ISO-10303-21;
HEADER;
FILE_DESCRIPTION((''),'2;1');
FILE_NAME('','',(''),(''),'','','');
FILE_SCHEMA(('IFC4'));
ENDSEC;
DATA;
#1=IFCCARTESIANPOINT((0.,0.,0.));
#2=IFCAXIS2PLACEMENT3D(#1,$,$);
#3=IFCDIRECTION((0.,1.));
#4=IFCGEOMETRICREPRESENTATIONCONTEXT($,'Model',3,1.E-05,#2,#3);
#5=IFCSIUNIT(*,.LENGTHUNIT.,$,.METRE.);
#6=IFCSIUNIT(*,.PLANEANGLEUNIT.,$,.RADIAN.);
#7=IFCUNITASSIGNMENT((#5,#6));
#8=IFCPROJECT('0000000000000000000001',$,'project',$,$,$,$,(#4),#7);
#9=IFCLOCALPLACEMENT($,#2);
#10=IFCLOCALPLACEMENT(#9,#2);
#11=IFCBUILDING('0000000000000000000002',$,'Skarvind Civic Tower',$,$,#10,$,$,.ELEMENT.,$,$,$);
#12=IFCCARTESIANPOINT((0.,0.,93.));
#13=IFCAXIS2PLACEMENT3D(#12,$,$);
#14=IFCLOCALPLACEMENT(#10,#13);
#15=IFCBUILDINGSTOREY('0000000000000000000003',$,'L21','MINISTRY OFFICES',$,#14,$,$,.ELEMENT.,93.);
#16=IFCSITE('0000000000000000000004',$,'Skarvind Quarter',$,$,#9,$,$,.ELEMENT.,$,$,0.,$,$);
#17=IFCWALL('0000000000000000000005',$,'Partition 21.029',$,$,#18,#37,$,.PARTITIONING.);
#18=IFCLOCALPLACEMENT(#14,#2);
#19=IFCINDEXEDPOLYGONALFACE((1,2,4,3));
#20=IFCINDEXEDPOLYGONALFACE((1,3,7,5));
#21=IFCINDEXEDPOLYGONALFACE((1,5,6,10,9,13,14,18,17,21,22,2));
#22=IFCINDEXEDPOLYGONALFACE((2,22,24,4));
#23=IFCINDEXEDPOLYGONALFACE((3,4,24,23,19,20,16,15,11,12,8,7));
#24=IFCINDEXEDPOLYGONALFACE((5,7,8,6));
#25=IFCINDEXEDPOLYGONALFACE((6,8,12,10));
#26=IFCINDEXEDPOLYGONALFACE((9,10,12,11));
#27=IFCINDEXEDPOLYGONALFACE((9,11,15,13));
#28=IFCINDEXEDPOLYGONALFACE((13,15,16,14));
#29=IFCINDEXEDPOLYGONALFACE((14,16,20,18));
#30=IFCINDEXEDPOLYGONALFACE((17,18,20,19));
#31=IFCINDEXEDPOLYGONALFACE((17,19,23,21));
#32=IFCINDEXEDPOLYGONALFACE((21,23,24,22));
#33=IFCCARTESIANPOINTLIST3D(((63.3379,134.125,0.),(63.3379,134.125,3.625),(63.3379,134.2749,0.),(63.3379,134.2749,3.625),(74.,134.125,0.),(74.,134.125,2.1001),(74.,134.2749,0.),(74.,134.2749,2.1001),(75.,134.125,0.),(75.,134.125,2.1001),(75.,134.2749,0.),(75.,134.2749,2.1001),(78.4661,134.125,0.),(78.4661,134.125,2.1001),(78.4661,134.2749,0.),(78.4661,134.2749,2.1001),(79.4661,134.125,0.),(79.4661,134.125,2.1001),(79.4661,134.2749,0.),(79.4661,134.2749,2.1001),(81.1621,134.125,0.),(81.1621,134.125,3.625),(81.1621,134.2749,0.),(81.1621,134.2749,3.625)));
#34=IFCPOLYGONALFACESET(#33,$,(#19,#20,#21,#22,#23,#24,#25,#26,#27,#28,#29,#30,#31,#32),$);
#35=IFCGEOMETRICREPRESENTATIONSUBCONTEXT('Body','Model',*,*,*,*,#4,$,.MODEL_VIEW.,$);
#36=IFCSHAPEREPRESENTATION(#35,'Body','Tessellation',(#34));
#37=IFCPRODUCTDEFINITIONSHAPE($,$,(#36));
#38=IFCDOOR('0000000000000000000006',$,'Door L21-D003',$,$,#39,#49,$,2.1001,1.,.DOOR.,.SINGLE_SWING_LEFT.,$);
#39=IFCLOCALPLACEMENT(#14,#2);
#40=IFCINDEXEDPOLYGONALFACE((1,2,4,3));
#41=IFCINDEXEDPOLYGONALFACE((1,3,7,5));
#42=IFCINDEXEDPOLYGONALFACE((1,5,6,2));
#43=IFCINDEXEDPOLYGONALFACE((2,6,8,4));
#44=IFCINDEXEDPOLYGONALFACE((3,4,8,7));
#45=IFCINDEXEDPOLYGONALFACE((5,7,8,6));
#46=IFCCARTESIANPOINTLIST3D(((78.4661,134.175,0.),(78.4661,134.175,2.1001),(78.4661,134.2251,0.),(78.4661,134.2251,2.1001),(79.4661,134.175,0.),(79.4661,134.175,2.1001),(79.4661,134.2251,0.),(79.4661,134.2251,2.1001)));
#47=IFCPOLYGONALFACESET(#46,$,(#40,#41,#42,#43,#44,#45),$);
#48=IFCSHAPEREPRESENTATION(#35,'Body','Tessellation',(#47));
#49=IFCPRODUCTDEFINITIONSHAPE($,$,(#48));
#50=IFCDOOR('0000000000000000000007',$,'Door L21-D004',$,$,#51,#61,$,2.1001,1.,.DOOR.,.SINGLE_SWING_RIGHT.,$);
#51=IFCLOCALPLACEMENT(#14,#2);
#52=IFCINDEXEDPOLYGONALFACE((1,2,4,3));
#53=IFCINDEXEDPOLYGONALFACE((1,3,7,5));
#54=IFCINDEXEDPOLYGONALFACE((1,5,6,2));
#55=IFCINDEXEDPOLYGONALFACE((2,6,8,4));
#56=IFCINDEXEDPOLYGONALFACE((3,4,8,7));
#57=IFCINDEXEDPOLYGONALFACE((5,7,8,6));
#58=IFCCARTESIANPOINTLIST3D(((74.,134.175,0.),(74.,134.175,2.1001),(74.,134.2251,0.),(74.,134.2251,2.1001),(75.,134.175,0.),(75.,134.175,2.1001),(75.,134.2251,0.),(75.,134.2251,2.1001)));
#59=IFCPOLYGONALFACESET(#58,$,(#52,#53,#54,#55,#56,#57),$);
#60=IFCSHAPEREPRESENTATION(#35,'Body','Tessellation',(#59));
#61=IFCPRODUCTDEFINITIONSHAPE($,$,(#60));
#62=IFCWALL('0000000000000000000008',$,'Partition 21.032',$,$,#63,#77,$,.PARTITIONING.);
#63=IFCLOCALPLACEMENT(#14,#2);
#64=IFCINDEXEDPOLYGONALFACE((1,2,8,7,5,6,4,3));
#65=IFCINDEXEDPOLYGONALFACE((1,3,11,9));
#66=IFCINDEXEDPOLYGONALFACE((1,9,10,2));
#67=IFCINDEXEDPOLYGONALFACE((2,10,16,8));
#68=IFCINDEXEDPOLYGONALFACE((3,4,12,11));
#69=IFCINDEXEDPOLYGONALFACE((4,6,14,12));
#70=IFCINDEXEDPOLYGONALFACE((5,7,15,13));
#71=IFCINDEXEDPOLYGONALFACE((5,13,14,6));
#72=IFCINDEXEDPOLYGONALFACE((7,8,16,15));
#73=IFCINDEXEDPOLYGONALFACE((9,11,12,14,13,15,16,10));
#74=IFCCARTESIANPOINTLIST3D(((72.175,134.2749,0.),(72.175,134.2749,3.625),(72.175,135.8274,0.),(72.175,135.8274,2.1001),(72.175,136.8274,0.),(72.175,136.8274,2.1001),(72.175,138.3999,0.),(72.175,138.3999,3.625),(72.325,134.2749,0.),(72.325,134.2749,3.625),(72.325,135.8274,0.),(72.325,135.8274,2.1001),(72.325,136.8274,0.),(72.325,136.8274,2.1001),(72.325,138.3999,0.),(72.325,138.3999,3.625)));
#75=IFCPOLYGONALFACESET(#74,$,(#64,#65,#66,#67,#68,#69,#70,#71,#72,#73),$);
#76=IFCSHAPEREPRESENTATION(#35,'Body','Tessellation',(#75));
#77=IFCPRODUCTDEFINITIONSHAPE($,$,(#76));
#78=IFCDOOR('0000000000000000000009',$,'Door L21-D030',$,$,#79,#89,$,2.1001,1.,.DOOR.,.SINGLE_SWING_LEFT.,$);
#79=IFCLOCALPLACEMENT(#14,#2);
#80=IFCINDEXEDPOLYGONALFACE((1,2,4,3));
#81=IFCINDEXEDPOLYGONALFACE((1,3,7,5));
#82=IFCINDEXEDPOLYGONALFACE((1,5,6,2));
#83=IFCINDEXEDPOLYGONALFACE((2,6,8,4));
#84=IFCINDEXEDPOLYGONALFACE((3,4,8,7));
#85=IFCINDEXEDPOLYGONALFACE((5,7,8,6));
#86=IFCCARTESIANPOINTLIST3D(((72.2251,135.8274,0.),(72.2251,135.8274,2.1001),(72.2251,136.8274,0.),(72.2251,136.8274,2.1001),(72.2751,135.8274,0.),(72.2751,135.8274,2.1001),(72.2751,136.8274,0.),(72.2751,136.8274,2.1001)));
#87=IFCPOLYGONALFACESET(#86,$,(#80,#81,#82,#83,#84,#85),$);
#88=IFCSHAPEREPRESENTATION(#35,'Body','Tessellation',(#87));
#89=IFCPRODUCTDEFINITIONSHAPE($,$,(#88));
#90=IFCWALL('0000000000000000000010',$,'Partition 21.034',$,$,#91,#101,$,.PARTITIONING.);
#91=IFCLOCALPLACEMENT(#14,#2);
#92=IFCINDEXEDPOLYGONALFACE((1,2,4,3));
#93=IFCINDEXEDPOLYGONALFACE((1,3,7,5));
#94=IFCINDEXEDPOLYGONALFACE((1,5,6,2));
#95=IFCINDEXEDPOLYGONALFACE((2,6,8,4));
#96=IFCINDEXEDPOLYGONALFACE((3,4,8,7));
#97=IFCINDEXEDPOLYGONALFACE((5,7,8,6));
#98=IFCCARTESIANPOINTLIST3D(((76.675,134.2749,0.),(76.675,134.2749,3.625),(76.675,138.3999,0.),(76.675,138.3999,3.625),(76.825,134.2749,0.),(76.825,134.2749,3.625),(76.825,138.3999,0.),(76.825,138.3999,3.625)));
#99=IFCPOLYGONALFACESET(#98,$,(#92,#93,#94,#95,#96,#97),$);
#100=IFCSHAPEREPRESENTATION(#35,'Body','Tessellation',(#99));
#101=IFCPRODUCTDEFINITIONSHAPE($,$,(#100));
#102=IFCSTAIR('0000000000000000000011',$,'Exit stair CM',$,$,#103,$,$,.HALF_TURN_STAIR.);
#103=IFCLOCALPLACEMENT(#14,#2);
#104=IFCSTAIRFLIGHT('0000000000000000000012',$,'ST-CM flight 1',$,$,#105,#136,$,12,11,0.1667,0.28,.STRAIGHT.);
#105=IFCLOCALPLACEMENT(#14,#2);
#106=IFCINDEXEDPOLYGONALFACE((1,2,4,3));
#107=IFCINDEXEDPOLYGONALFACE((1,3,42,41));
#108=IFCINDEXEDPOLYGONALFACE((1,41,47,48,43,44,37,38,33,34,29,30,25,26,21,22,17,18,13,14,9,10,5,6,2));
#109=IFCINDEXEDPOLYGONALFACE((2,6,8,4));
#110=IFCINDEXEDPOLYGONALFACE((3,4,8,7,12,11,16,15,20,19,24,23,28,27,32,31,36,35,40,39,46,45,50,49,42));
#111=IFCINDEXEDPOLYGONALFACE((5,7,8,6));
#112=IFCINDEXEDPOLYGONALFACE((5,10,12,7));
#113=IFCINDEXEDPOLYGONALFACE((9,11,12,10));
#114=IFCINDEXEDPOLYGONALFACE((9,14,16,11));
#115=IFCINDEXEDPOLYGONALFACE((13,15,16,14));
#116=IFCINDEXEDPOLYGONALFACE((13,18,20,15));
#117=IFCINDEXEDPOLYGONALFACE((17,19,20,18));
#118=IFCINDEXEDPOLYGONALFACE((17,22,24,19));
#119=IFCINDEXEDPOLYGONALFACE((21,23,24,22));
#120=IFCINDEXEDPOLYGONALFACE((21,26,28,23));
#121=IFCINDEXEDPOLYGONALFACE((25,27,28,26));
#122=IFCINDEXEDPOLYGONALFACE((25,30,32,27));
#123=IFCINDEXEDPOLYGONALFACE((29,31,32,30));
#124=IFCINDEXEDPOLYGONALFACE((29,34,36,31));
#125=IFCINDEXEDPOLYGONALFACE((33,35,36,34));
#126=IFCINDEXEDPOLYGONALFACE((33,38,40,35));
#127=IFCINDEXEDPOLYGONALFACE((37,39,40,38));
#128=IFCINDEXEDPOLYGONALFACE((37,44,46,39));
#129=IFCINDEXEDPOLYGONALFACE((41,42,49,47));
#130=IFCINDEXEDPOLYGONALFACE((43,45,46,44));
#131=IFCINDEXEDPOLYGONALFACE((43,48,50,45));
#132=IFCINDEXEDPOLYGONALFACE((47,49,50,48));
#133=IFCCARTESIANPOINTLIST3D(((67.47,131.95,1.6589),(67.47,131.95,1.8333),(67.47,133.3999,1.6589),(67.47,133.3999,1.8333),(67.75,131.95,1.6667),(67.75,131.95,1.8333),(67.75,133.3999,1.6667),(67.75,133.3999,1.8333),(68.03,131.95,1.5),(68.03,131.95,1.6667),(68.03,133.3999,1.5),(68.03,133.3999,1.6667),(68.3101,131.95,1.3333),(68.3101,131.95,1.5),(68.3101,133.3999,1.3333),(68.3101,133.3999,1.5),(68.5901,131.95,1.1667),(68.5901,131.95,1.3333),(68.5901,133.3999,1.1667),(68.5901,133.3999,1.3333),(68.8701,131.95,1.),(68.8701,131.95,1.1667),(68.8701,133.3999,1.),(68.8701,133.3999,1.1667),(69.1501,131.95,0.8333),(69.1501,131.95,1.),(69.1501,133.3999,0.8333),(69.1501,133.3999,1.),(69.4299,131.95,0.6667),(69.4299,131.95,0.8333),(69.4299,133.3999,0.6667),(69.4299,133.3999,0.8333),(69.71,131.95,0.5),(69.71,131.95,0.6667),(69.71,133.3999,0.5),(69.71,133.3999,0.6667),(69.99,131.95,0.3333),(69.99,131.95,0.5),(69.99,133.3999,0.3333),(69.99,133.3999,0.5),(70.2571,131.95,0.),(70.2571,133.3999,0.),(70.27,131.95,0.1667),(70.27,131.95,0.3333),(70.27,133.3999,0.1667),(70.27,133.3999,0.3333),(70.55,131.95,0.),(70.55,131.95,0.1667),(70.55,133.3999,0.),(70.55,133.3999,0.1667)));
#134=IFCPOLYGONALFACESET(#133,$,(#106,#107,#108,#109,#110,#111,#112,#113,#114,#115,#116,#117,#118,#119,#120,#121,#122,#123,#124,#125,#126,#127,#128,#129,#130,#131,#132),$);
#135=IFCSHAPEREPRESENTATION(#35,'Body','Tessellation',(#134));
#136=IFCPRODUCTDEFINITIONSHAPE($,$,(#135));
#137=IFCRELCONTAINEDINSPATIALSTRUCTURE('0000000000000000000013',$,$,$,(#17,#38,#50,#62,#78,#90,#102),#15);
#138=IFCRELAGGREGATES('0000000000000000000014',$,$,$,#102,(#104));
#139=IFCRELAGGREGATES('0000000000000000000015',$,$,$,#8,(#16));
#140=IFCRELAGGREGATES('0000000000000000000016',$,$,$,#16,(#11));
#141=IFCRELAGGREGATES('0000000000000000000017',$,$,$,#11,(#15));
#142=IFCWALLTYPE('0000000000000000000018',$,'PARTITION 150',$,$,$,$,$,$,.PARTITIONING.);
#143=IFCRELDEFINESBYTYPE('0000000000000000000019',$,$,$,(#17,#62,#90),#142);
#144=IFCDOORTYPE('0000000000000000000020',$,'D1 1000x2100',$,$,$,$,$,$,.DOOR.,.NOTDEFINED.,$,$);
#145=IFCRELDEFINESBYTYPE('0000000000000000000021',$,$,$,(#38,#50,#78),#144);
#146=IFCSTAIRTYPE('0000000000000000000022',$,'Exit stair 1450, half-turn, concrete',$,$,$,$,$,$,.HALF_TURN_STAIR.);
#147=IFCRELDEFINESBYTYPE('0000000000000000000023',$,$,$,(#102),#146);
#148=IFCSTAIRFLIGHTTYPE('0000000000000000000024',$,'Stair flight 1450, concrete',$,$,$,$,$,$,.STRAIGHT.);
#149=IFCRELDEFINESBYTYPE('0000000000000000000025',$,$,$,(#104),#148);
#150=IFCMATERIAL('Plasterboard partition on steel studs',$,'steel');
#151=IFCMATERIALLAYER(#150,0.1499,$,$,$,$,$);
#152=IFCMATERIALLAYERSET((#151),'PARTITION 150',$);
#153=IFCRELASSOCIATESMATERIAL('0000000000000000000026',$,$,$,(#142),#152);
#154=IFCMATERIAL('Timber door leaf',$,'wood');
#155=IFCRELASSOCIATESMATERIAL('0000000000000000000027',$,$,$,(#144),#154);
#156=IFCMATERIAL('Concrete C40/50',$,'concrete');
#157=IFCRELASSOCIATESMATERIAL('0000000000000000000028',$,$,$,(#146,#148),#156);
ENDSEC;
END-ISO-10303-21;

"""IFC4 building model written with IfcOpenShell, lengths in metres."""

from ifc_helpers import new_model, si_unit, direction, frame, frame_2d, origin, place, context, subcontext, project, spatial, polyline, rectangle, outline, extrude, material, layer, layer_set, type_object, element, fill, aggregate, save


model = new_model("IFC4")

# Units and contexts
model_context = context("Model", 3, precision=1e-05, world=origin(), true_north=direction((0.0, 1.0)))
body_context = subcontext(model_context, "Body", "Model", "MODEL_VIEW")
ifc_project = project(units=[si_unit("LENGTHUNIT", "METRE"), si_unit("PLANEANGLEUNIT", "RADIAN")], contexts=[model_context])

# Site, building, storey
site_placement = place(None, origin())
site = spatial("IfcSite", under=ifc_project, at=site_placement, Name="Skarvind Quarter", CompositionType="ELEMENT", RefElevation=0.0)
building_placement = place(site_placement, origin())
building = spatial("IfcBuilding", under=site, at=building_placement, Name="Skarvind Civic Tower", CompositionType="ELEMENT")
storey_placement = place(building_placement, frame((0.0, 0.0, 93.0)))
storey = spatial("IfcBuildingStorey", under=building, at=storey_placement, Name="L21", Description="MINISTRY OFFICES", CompositionType="ELEMENT", Elevation=93.0)

# Wall, openings, doors
ifc_material_1 = material(Name="Plasterboard partition on steel studs", Category="steel")
ifc_layer_1 = layer(ifc_material_1, 0.1499)
ifc_layer_set_1 = layer_set([ifc_layer_1], Name="PARTITION 150")
wall_type_1 = type_object("IfcWallType", Name="PARTITION 150", PredefinedType="PARTITIONING", material=ifc_layer_set_1)
wall_1_placement = place(storey_placement, frame((81.1621, 134.2, 0.0), z_axis=(0.0, 0.0, 1.0), x_axis=(-1.0, 0.0, 0.0)))
wall_1 = element("IfcWall", 1, at=wall_1_placement, inside=storey, type_object=wall_type_1, Name="Partition 21.029", PredefinedType="PARTITIONING", context=body_context, shape_type="SweptSolid", body=[
    extrude(rectangle(XDim=17.8242, YDim=0.1499, at=frame_2d((8.9121, 0.0))), origin(), (0.0, 0.0, 1.0), 3.625),
])
opening_1_placement = place(wall_1_placement, frame((1.696, 0.0, 0.0)))
opening_1 = element("IfcOpeningElement", 2, at=opening_1_placement, cuts=wall_1, PredefinedType="OPENING", context=body_context, shape_type="SweptSolid", body=[
    extrude(rectangle(XDim=1.0, YDim=2.1001, at=frame_2d((0.5, 1.05))), frame((0.0, 0.085, 0.0), z_axis=(0.0, -1.0, 0.0), x_axis=(1.0, 0.0, 0.0)), (0.0, 0.0, 1.0), 0.1699),
])
opening_2_placement = place(wall_1_placement, frame((6.1621, 0.0, 0.0)))
opening_2 = element("IfcOpeningElement", 3, at=opening_2_placement, cuts=wall_1, PredefinedType="OPENING", context=body_context, shape_type="SweptSolid", body=[
    extrude(rectangle(XDim=1.0, YDim=2.1001, at=frame_2d((0.5, 1.05))), frame((0.0, 0.085, 0.0), z_axis=(0.0, -1.0, 0.0), x_axis=(1.0, 0.0, 0.0)), (0.0, 0.0, 1.0), 0.1699),
])
ifc_material_2 = material(Name="Timber door leaf", Category="wood")
door_type_1 = type_object("IfcDoorType", Name="D1 1000x2100", OperationType="NOTDEFINED", PredefinedType="DOOR", material=ifc_material_2)
door_1_placement = place(opening_1_placement, origin())
door_1 = element("IfcDoor", 4, at=door_1_placement, inside=storey, type_object=door_type_1, Name="Door L21-D003", OperationType="SINGLE_SWING_LEFT", OverallHeight=2.1001, OverallWidth=1.0, PredefinedType="DOOR", context=body_context, shape_type="SweptSolid", body=[
    extrude(rectangle(XDim=1.0, YDim=2.1001, at=frame_2d((0.5, 1.05))), frame((0.0, 0.0249, 0.0), z_axis=(0.0, -1.0, 0.0), x_axis=(1.0, 0.0, 0.0)), (0.0, 0.0, 1.0), 0.05),
])
fill(opening_1, door_1)
door_2_placement = place(opening_2_placement, origin())
door_2 = element("IfcDoor", 5, at=door_2_placement, inside=storey, type_object=door_type_1, Name="Door L21-D004", OperationType="SINGLE_SWING_RIGHT", OverallHeight=2.1001, OverallWidth=1.0, PredefinedType="DOOR", context=body_context, shape_type="SweptSolid", body=[
    extrude(rectangle(XDim=1.0, YDim=2.1001, at=frame_2d((0.5, 1.05))), frame((0.0, 0.0249, 0.0), z_axis=(0.0, -1.0, 0.0), x_axis=(1.0, 0.0, 0.0)), (0.0, 0.0, 1.0), 0.05),
])
fill(opening_2, door_2)

# Wall, opening, door
wall_2_placement = place(storey_placement, frame((72.25, 134.2749, 0.0), z_axis=(0.0, 0.0, 1.0), x_axis=(0.0, 1.0, 0.0)))
wall_2 = element("IfcWall", 6, at=wall_2_placement, inside=storey, type_object=wall_type_1, Name="Partition 21.032", PredefinedType="PARTITIONING", context=body_context, shape_type="SweptSolid", body=[
    extrude(rectangle(XDim=4.125, YDim=0.1499, at=frame_2d((2.0625, 0.0))), origin(), (0.0, 0.0, 1.0), 3.625),
])
opening_3_placement = place(wall_2_placement, frame((1.5525, 0.0, 0.0)))
opening_3 = element("IfcOpeningElement", 7, at=opening_3_placement, cuts=wall_2, PredefinedType="OPENING", context=body_context, shape_type="SweptSolid", body=[
    extrude(rectangle(XDim=1.0, YDim=2.1001, at=frame_2d((0.5, 1.05))), frame((0.0, 0.085, 0.0), z_axis=(0.0, -1.0, 0.0), x_axis=(1.0, 0.0, 0.0)), (0.0, 0.0, 1.0), 0.1699),
])
door_3_placement = place(opening_3_placement, origin())
door_3 = element("IfcDoor", 8, at=door_3_placement, inside=storey, type_object=door_type_1, Name="Door L21-D030", OperationType="SINGLE_SWING_LEFT", OverallHeight=2.1001, OverallWidth=1.0, PredefinedType="DOOR", context=body_context, shape_type="SweptSolid", body=[
    extrude(rectangle(XDim=1.0, YDim=2.1001, at=frame_2d((0.5, 1.05))), frame((0.0, 0.0249, 0.0), z_axis=(0.0, -1.0, 0.0), x_axis=(1.0, 0.0, 0.0)), (0.0, 0.0, 1.0), 0.05),
])
fill(opening_3, door_3)

# Wall
wall_3_placement = place(storey_placement, frame((76.75, 134.2749, 0.0), z_axis=(0.0, 0.0, 1.0), x_axis=(0.0, 1.0, 0.0)))
element("IfcWall", 9, at=wall_3_placement, inside=storey, type_object=wall_type_1, Name="Partition 21.034", PredefinedType="PARTITIONING", context=body_context, shape_type="SweptSolid", body=[
    extrude(rectangle(XDim=4.125, YDim=0.1499, at=frame_2d((2.0625, 0.0))), origin(), (0.0, 0.0, 1.0), 3.625),
])

# Stair, stair flight
ifc_material_3 = material(Name="Concrete C40/50", Category="concrete")
stair_type = type_object("IfcStairType", Name="Exit stair 1450, half-turn, concrete", PredefinedType="HALF_TURN_STAIR", material=ifc_material_3)
stair_placement = place(storey_placement, origin())
stair = element("IfcStair", 10, at=stair_placement, inside=storey, type_object=stair_type, Name="Exit stair CM", PredefinedType="HALF_TURN_STAIR")
stair_flight_type = type_object("IfcStairFlightType", Name="Stair flight 1450, concrete", PredefinedType="STRAIGHT", material=ifc_material_3)
stair_flight_placement = place(storey_placement, frame((70.55, 132.675, 0.0), z_axis=(0.0, 0.0, 1.0), x_axis=(-1.0, 0.0, 0.0)))
stair_flight = element("IfcStairFlight", 11, at=stair_flight_placement, type_object=stair_flight_type, Name="ST-CM flight 1", NumberOfRisers=12, NumberOfTreads=11, PredefinedType="STRAIGHT", RiserHeight=0.1667, TreadLength=0.28, context=body_context, shape_type="SweptSolid", body=[
    extrude(outline(polyline([(0.0, 0.0), (0.0, 0.1667), (0.28, 0.1667), (0.28, 0.3333), (0.5601, 0.3333), (0.5601, 0.5), (0.8401, 0.5), (0.8401, 0.6667), (1.1201, 0.6667), (1.1201, 0.8333), (1.3999, 0.8333), (1.3999, 1.0), (1.6799, 1.0), (1.6799, 1.1667), (1.96, 1.1667), (1.96, 1.3333), (2.24, 1.3333), (2.24, 1.5), (2.52, 1.5), (2.52, 1.6667), (2.8, 1.6667), (2.8, 1.8333), (3.0801, 1.8333), (3.0801, 2.0), (3.0801, 1.6589), (0.293, 0.0), (0.0, 0.0)])), frame((0.0, 0.7251, 0.0), z_axis=(0.0, -1.0, 0.0), x_axis=(1.0, 0.0, 0.0)), (0.0, 0.0, 1.0), 1.45),
])
aggregate(stair, [stair_flight])

save(model, "model.ifc")
